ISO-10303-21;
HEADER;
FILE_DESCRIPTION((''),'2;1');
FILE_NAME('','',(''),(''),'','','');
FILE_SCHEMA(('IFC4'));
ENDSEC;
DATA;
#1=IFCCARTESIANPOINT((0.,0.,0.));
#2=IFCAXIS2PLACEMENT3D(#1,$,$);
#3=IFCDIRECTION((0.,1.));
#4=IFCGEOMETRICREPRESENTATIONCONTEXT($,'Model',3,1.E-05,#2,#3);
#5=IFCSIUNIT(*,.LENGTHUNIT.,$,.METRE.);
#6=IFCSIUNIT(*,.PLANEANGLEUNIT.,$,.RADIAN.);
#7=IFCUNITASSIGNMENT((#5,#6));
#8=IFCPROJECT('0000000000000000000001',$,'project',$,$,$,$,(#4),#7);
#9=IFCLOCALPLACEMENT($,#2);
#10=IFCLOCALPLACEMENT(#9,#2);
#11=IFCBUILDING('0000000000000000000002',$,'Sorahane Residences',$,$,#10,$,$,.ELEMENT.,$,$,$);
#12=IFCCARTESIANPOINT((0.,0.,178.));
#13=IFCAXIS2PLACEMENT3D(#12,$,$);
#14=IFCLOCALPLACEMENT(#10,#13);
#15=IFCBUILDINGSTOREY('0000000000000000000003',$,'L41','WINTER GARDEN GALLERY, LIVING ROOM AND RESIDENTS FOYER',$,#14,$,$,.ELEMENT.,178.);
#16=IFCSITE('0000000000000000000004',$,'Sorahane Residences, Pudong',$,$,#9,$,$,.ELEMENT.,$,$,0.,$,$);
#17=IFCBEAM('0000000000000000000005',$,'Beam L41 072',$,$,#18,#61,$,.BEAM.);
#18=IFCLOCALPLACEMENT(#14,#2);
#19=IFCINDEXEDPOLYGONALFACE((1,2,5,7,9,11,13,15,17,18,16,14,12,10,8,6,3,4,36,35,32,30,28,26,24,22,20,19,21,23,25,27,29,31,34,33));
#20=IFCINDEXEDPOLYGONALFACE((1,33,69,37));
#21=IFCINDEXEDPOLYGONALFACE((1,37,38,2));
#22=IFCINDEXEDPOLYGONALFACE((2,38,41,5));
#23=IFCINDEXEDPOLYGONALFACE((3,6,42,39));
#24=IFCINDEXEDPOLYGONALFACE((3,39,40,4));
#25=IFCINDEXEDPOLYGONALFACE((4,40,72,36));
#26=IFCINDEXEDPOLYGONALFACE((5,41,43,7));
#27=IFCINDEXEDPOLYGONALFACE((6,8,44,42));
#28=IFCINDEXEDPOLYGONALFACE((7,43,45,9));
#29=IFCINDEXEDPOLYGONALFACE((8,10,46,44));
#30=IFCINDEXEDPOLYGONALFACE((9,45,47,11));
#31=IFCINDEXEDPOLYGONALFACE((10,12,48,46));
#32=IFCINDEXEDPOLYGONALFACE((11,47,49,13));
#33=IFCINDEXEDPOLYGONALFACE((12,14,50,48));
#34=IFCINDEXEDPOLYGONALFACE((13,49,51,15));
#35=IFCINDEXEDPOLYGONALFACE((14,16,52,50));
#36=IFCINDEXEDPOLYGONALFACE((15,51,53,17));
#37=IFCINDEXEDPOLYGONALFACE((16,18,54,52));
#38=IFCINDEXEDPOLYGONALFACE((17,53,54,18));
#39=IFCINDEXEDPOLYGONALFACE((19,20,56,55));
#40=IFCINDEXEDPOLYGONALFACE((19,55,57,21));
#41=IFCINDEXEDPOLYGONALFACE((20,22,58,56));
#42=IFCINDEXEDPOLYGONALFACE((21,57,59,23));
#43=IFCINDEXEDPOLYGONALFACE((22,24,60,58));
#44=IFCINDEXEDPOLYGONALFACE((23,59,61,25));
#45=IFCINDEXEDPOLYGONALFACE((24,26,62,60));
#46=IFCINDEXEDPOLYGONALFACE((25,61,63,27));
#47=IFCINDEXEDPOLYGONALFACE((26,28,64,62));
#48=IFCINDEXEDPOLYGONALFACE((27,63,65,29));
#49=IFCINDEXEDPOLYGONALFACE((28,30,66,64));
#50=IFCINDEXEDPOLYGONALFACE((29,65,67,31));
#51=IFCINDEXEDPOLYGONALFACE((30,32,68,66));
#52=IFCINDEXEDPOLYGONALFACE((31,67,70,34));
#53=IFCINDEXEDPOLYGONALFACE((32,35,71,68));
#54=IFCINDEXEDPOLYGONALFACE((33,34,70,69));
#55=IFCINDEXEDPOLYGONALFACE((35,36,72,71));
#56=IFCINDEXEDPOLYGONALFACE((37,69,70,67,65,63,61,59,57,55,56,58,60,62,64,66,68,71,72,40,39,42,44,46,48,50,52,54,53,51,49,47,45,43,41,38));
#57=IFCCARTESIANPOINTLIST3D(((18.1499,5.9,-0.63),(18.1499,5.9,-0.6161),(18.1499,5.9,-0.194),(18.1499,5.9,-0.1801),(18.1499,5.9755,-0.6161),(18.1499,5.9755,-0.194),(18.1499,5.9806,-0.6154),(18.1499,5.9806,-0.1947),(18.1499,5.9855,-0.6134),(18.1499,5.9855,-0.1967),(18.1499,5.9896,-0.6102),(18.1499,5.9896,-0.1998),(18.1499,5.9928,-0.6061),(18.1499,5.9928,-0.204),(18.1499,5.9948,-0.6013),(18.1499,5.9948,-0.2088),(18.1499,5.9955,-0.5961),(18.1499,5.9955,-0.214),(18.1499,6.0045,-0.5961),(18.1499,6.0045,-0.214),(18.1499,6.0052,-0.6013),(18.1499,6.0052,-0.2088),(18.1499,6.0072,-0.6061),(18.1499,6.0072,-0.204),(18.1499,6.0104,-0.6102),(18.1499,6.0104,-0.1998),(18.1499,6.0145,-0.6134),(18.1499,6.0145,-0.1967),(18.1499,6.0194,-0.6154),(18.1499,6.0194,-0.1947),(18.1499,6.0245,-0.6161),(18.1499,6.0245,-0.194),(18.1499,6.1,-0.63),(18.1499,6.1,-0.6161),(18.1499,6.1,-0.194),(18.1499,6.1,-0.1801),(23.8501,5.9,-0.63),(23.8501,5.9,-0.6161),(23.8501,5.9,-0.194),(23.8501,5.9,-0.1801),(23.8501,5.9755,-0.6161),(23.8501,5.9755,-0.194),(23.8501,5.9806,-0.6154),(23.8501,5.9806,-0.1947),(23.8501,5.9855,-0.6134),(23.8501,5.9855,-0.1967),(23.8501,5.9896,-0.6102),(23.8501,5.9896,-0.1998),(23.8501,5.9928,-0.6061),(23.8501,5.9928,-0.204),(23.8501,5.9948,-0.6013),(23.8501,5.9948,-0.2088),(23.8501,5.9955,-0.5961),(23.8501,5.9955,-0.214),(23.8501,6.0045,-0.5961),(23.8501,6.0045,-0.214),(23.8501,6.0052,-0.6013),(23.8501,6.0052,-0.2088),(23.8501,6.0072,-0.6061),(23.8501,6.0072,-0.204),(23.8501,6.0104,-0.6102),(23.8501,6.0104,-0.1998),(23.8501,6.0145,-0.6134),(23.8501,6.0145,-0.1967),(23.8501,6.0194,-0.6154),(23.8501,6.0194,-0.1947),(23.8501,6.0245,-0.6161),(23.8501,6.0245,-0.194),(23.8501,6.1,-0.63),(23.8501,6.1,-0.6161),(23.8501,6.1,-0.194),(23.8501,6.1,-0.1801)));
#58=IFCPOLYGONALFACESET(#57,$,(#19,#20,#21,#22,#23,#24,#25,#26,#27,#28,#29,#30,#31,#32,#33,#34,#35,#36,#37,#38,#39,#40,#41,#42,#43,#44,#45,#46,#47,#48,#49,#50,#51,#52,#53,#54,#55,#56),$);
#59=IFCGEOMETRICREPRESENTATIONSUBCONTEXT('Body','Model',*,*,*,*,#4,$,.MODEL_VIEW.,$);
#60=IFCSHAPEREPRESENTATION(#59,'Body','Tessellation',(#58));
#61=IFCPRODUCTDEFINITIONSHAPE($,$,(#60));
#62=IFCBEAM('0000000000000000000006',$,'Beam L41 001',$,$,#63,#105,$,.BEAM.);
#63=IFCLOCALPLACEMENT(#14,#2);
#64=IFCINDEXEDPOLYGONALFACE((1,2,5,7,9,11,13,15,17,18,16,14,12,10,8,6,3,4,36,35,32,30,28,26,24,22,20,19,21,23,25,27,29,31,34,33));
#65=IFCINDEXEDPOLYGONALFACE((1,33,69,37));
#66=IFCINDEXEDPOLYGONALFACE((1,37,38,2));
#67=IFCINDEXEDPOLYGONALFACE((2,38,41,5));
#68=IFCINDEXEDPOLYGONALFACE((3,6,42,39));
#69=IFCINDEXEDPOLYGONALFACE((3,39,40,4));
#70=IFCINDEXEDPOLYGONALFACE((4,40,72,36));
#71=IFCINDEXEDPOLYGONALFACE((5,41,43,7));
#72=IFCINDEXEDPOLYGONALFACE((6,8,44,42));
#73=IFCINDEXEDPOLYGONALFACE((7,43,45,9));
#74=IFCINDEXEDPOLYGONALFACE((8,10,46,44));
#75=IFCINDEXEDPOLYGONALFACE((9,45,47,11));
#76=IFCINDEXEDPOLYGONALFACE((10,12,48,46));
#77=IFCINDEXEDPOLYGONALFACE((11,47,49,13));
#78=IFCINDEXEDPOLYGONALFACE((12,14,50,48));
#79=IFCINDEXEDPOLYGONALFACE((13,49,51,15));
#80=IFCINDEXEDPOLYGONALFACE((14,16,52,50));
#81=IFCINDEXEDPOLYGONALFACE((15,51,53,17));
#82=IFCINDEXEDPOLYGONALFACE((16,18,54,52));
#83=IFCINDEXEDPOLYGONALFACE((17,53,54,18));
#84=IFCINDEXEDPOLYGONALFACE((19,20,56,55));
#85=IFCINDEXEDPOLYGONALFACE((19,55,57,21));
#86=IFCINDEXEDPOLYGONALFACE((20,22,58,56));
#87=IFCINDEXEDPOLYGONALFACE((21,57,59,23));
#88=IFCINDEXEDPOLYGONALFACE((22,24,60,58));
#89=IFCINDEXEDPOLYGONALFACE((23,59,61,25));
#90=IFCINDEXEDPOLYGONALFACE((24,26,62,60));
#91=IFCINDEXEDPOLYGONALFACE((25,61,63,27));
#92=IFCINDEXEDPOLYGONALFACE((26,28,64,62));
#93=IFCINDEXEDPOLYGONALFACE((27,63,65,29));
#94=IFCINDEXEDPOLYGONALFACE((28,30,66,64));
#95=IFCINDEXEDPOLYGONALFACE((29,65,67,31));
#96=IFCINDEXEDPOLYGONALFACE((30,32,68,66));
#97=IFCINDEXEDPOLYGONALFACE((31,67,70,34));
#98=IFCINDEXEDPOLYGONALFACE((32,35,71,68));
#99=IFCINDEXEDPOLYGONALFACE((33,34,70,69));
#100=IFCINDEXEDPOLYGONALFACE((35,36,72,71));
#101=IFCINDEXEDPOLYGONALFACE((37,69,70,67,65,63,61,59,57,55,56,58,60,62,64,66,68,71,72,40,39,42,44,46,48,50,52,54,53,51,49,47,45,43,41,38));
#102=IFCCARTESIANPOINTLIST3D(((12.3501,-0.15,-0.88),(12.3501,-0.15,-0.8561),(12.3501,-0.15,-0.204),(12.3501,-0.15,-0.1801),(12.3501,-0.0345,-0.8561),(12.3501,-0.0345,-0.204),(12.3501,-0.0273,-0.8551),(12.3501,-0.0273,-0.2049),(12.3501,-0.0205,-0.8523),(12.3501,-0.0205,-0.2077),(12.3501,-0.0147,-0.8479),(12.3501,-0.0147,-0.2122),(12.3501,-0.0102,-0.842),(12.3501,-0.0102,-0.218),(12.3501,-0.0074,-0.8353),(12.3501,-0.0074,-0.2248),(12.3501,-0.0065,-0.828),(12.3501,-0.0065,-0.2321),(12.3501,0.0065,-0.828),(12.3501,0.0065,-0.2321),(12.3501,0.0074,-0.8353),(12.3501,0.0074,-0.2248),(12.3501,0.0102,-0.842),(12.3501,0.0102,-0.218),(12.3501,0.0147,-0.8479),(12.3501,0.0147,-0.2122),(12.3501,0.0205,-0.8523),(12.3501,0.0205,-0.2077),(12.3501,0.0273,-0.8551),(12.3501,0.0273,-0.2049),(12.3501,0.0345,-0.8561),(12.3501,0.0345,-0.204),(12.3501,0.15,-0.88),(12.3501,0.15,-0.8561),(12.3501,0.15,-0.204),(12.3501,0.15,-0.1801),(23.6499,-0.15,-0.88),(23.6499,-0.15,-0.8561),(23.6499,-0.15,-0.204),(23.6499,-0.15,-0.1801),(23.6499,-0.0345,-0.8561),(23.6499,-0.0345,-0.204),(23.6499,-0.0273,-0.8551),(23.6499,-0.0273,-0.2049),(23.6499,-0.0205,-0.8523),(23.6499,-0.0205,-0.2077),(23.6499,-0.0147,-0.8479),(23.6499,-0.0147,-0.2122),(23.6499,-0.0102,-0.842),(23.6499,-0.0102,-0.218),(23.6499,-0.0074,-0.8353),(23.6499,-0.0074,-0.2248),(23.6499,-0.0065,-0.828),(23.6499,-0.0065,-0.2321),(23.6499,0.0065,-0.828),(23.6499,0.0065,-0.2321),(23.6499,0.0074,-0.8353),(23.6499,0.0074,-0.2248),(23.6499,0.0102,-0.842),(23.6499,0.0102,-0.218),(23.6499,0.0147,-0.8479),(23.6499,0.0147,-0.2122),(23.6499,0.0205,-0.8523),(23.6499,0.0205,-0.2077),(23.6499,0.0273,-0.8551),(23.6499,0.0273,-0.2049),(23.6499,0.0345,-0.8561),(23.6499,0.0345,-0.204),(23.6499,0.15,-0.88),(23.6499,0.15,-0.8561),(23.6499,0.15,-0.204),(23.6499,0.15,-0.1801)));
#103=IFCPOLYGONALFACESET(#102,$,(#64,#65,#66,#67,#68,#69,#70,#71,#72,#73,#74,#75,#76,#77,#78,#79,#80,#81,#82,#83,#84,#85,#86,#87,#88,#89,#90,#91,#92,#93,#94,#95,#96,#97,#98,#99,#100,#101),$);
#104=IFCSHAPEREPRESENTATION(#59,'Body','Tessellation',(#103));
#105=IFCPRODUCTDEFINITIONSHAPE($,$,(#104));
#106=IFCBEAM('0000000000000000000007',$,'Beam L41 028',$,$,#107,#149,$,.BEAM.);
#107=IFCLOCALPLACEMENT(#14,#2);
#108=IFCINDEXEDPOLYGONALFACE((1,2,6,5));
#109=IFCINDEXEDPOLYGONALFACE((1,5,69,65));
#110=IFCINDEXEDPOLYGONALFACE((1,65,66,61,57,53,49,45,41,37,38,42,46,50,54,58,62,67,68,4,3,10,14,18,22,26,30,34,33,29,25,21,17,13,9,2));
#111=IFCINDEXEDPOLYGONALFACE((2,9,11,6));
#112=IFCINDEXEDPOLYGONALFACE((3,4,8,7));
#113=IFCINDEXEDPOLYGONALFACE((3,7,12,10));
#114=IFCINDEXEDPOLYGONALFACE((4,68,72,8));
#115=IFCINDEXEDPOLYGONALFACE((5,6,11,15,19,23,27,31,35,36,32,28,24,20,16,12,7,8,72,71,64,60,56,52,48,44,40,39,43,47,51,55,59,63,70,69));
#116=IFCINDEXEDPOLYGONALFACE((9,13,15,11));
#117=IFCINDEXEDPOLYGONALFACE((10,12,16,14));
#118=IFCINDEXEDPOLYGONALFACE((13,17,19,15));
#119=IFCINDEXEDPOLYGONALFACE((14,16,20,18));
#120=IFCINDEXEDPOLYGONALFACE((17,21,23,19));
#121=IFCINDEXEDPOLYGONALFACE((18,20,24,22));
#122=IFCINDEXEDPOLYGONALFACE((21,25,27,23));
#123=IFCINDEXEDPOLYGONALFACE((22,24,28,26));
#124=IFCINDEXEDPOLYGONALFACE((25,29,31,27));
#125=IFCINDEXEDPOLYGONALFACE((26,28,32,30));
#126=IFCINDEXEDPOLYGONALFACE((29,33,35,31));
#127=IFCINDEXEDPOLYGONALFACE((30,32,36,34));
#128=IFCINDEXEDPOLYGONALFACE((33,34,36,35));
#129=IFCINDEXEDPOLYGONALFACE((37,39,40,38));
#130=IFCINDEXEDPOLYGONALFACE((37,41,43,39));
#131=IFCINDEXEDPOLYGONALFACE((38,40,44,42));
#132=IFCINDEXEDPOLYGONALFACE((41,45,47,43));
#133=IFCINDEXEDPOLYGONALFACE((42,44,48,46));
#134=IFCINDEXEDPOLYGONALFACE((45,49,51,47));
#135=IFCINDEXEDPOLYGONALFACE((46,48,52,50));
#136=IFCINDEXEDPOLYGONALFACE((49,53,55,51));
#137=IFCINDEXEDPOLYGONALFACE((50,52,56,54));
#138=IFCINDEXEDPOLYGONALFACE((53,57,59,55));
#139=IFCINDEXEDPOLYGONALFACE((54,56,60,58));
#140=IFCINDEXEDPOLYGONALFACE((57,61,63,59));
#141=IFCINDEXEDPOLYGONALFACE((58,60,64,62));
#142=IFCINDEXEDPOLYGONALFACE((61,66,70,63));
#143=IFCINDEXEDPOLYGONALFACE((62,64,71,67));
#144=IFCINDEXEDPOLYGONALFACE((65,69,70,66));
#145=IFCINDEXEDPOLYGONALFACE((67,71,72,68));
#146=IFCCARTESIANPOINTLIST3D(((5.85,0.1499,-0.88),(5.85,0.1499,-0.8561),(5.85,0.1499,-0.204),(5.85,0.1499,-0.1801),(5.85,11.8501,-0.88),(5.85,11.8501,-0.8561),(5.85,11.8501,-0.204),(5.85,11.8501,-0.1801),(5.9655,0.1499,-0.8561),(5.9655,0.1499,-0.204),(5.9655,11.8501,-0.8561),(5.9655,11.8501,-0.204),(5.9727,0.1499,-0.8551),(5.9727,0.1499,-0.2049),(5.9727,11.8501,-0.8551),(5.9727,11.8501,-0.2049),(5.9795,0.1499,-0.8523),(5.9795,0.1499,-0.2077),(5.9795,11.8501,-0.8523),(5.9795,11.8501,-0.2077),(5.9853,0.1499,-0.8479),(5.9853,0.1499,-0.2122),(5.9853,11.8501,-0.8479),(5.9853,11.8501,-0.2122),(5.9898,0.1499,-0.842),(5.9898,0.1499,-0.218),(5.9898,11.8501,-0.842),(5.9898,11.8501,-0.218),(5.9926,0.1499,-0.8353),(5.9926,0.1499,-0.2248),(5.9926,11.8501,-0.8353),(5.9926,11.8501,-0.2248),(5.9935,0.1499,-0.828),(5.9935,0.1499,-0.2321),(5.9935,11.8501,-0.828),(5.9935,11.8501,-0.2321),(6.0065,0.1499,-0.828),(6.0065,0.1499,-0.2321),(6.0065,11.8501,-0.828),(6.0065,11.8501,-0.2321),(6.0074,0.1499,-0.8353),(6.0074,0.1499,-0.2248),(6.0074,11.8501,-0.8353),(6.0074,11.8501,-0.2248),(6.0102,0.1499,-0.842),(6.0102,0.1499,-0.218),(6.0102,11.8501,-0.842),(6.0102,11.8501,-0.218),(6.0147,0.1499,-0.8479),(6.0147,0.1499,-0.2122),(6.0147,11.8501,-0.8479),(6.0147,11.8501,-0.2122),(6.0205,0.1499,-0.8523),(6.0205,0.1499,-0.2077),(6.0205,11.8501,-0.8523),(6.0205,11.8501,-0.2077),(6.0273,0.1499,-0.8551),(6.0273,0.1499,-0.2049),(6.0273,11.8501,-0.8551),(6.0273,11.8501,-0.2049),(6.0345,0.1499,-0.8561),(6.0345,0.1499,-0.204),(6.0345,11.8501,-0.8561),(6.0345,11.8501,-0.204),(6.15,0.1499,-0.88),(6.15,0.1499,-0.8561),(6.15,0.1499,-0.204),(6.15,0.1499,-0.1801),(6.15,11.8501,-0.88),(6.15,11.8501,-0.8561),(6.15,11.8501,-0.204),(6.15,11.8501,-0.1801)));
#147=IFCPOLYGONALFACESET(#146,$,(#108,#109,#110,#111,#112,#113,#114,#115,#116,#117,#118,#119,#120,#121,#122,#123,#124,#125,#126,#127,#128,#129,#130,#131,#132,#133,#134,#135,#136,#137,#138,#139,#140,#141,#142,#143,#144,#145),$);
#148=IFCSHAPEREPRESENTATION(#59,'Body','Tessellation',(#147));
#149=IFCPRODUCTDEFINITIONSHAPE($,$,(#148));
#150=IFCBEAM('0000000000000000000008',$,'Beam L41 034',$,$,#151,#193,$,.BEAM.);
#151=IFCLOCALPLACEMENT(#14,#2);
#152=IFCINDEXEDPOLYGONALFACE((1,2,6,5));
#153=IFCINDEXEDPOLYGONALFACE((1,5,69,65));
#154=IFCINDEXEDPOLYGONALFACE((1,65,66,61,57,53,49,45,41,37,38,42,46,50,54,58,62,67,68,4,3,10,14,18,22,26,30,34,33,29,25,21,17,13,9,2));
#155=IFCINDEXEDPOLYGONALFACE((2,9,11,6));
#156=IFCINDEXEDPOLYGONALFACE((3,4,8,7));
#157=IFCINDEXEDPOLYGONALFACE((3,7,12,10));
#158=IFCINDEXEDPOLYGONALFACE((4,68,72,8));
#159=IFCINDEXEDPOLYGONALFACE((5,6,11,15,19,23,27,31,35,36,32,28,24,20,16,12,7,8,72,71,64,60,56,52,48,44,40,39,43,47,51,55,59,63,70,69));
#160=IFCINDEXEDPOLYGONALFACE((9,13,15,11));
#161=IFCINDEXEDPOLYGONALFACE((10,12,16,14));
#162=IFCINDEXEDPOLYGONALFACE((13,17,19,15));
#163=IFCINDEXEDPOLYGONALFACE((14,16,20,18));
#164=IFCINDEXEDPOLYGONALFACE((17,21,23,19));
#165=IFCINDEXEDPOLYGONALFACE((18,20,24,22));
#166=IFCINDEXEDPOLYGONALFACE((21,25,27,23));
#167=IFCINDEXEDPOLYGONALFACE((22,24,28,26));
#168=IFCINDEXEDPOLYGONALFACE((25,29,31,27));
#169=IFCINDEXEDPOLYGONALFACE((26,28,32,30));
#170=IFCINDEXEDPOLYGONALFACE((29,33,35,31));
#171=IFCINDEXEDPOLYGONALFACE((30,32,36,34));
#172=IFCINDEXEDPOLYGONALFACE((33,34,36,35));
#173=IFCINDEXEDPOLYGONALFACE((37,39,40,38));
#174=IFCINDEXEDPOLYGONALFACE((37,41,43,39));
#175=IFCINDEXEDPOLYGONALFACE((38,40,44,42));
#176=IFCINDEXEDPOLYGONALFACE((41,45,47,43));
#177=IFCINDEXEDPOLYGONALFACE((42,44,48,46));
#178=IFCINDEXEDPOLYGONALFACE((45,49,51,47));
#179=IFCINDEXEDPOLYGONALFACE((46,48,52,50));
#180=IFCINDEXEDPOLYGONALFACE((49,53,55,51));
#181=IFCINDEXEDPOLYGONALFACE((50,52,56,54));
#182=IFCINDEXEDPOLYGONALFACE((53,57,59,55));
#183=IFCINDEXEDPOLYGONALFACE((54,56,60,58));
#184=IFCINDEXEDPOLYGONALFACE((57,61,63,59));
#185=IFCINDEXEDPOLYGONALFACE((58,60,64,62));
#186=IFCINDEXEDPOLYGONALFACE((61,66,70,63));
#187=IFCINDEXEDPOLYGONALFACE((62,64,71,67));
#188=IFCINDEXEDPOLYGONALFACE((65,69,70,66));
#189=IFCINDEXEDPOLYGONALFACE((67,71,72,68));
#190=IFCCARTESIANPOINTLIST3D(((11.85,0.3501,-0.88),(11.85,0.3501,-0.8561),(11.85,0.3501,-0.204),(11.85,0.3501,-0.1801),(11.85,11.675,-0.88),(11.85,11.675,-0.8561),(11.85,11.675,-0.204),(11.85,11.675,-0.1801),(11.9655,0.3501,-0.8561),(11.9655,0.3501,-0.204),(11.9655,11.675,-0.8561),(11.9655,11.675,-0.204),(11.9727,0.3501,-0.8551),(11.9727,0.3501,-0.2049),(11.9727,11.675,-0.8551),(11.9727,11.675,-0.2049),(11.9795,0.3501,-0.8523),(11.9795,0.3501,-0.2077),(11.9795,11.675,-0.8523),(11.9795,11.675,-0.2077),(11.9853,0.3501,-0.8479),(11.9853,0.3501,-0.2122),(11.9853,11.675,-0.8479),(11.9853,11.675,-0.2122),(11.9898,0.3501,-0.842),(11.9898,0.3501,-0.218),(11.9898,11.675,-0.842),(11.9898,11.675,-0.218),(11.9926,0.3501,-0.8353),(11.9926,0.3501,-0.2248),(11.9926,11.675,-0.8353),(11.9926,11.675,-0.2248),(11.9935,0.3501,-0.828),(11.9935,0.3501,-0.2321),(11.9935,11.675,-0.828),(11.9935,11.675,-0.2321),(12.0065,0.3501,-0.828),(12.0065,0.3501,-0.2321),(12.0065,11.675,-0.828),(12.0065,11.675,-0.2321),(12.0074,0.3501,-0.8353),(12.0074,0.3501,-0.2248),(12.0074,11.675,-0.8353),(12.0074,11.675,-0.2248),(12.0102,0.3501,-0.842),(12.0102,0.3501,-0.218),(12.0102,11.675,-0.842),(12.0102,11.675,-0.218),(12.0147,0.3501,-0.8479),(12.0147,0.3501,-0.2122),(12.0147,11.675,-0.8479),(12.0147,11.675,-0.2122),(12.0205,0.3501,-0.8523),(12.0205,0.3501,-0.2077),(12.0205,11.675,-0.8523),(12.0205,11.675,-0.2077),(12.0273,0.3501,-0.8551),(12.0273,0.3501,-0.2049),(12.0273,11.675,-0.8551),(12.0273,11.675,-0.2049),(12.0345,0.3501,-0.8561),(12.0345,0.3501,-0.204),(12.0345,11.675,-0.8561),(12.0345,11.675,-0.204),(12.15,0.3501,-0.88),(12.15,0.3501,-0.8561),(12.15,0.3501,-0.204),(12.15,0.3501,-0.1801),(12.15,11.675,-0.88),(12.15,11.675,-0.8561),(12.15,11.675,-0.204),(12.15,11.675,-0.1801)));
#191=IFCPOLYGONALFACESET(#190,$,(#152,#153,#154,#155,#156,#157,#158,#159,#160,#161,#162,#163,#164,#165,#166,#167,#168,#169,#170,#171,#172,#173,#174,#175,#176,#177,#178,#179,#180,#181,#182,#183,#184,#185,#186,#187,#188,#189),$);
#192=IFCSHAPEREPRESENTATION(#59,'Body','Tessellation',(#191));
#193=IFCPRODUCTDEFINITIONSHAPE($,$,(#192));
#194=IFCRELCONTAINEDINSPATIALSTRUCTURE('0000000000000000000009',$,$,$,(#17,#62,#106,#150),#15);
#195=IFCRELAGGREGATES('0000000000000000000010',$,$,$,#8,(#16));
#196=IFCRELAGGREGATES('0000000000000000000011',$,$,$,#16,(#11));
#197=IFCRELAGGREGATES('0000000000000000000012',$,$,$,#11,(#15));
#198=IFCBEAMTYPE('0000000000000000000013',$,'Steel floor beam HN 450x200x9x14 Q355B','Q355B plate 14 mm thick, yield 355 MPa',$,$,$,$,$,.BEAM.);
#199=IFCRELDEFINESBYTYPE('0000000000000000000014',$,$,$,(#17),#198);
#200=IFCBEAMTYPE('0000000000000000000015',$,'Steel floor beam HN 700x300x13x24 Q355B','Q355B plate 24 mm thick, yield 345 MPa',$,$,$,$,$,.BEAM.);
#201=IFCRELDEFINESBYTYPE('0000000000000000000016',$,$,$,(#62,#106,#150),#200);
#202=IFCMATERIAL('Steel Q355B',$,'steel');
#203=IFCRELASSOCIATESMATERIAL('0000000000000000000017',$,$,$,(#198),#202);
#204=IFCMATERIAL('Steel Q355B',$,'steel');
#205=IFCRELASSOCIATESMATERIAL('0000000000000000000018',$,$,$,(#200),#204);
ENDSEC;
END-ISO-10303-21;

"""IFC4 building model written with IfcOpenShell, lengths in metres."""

from ifc_helpers import new_model, si_unit, direction, frame, origin, origin_2d, place, context, subcontext, project, spatial, i_section, extrude, material, material_profile, profile_set, type_object, element, save


model = new_model("IFC4")

# Units and contexts
model_context = context("Model", 3, precision=1e-05, world=origin(), true_north=direction((0.0, 1.0)))
body_context = subcontext(model_context, "Body", "Model", "MODEL_VIEW")
ifc_project = project(units=[si_unit("LENGTHUNIT", "METRE"), si_unit("PLANEANGLEUNIT", "RADIAN")], contexts=[model_context])

# Site, building, storey
site_placement = place(None, origin())
site = spatial("IfcSite", under=ifc_project, at=site_placement, Name="Sorahane Residences, Pudong", CompositionType="ELEMENT", RefElevation=0.0)
building_placement = place(site_placement, origin())
building = spatial("IfcBuilding", under=site, at=building_placement, Name="Sorahane Residences", CompositionType="ELEMENT")
storey_placement = place(building_placement, frame((0.0, 0.0, 178.0)))
storey = spatial("IfcBuildingStorey", under=building, at=storey_placement, Name="L41", Description="WINTER GARDEN GALLERY, LIVING ROOM AND RESIDENTS FOYER", CompositionType="ELEMENT", Elevation=178.0)

# Beams
ifc_material_1 = material(Name="Steel Q355B", Category="steel")
ifc_material_profile_1 = material_profile(ifc_material_1, i_section(OverallWidth=0.2, OverallDepth=0.45, WebThickness=0.009, FlangeThickness=0.0139, FilletRadius=0.02, at=origin_2d()), Name="HN 450x200x9x14")
ifc_profile_set_1 = profile_set([ifc_material_profile_1], Name="Steel Q355B")
beam_type_1 = type_object("IfcBeamType", Name="Steel floor beam HN 450x200x9x14 Q355B", Description="Q355B plate 14 mm thick, yield 355 MPa", PredefinedType="BEAM", material=ifc_profile_set_1)
for number, where, z_axis, x_axis, name in (
    (1, (18.1499, 6.0, -0.405), (1.0, 0.0, 0.0), (0.0, 1.0, 0.0), "Beam L41 072"),
):
    element("IfcBeam", number, at=place(storey_placement, frame(where, z_axis=z_axis, x_axis=x_axis)), inside=storey, type_object=beam_type_1, Name=name, PredefinedType="BEAM", context=body_context, shape_type="SweptSolid", body=[
        extrude(i_section(OverallWidth=0.2, OverallDepth=0.45, WebThickness=0.009, FlangeThickness=0.0139, FilletRadius=0.02, at=origin_2d()), origin(), (0.0, 0.0, 1.0), 5.7002),
    ])
ifc_material_2 = material(Name="Steel Q355B", Category="steel")
ifc_material_profile_2 = material_profile(ifc_material_2, i_section(OverallWidth=0.3, OverallDepth=0.7, WebThickness=0.0129, FlangeThickness=0.0239, FilletRadius=0.0281, at=origin_2d()), Name="HN 700x300x13x24")
ifc_profile_set_2 = profile_set([ifc_material_profile_2], Name="Steel Q355B")
beam_type_2 = type_object("IfcBeamType", Name="Steel floor beam HN 700x300x13x24 Q355B", Description="Q355B plate 24 mm thick, yield 345 MPa", PredefinedType="BEAM", material=ifc_profile_set_2)
beam_1_placement = place(storey_placement, frame((12.3501, 0.0, -0.53), z_axis=(1.0, 0.0, 0.0), x_axis=(0.0, 1.0, 0.0)))
element("IfcBeam", 2, at=beam_1_placement, inside=storey, type_object=beam_type_2, Name="Beam L41 001", PredefinedType="BEAM", context=body_context, shape_type="SweptSolid", body=[
    extrude(i_section(OverallWidth=0.3, OverallDepth=0.7, WebThickness=0.0129, FlangeThickness=0.0239, FilletRadius=0.0281, at=origin_2d()), origin(), (0.0, 0.0, 1.0), 11.2998),
])
beam_2_placement = place(storey_placement, frame((6.0, 0.1499, -0.53), z_axis=(0.0, 1.0, 0.0), x_axis=(-1.0, 0.0, 0.0)))
element("IfcBeam", 3, at=beam_2_placement, inside=storey, type_object=beam_type_2, Name="Beam L41 028", PredefinedType="BEAM", context=body_context, shape_type="SweptSolid", body=[
    extrude(i_section(OverallWidth=0.3, OverallDepth=0.7, WebThickness=0.0129, FlangeThickness=0.0239, FilletRadius=0.0281, at=origin_2d()), origin(), (0.0, 0.0, 1.0), 11.7002),
])
beam_3_placement = place(storey_placement, frame((12.0, 0.3501, -0.53), z_axis=(0.0, 1.0, 0.0), x_axis=(-1.0, 0.0, 0.0)))
element("IfcBeam", 4, at=beam_3_placement, inside=storey, type_object=beam_type_2, Name="Beam L41 034", PredefinedType="BEAM", context=body_context, shape_type="SweptSolid", body=[
    extrude(i_section(OverallWidth=0.3, OverallDepth=0.7, WebThickness=0.0129, FlangeThickness=0.0239, FilletRadius=0.0281, at=origin_2d()), origin(), (0.0, 0.0, 1.0), 11.325),
])

save(model, "model.ifc")
